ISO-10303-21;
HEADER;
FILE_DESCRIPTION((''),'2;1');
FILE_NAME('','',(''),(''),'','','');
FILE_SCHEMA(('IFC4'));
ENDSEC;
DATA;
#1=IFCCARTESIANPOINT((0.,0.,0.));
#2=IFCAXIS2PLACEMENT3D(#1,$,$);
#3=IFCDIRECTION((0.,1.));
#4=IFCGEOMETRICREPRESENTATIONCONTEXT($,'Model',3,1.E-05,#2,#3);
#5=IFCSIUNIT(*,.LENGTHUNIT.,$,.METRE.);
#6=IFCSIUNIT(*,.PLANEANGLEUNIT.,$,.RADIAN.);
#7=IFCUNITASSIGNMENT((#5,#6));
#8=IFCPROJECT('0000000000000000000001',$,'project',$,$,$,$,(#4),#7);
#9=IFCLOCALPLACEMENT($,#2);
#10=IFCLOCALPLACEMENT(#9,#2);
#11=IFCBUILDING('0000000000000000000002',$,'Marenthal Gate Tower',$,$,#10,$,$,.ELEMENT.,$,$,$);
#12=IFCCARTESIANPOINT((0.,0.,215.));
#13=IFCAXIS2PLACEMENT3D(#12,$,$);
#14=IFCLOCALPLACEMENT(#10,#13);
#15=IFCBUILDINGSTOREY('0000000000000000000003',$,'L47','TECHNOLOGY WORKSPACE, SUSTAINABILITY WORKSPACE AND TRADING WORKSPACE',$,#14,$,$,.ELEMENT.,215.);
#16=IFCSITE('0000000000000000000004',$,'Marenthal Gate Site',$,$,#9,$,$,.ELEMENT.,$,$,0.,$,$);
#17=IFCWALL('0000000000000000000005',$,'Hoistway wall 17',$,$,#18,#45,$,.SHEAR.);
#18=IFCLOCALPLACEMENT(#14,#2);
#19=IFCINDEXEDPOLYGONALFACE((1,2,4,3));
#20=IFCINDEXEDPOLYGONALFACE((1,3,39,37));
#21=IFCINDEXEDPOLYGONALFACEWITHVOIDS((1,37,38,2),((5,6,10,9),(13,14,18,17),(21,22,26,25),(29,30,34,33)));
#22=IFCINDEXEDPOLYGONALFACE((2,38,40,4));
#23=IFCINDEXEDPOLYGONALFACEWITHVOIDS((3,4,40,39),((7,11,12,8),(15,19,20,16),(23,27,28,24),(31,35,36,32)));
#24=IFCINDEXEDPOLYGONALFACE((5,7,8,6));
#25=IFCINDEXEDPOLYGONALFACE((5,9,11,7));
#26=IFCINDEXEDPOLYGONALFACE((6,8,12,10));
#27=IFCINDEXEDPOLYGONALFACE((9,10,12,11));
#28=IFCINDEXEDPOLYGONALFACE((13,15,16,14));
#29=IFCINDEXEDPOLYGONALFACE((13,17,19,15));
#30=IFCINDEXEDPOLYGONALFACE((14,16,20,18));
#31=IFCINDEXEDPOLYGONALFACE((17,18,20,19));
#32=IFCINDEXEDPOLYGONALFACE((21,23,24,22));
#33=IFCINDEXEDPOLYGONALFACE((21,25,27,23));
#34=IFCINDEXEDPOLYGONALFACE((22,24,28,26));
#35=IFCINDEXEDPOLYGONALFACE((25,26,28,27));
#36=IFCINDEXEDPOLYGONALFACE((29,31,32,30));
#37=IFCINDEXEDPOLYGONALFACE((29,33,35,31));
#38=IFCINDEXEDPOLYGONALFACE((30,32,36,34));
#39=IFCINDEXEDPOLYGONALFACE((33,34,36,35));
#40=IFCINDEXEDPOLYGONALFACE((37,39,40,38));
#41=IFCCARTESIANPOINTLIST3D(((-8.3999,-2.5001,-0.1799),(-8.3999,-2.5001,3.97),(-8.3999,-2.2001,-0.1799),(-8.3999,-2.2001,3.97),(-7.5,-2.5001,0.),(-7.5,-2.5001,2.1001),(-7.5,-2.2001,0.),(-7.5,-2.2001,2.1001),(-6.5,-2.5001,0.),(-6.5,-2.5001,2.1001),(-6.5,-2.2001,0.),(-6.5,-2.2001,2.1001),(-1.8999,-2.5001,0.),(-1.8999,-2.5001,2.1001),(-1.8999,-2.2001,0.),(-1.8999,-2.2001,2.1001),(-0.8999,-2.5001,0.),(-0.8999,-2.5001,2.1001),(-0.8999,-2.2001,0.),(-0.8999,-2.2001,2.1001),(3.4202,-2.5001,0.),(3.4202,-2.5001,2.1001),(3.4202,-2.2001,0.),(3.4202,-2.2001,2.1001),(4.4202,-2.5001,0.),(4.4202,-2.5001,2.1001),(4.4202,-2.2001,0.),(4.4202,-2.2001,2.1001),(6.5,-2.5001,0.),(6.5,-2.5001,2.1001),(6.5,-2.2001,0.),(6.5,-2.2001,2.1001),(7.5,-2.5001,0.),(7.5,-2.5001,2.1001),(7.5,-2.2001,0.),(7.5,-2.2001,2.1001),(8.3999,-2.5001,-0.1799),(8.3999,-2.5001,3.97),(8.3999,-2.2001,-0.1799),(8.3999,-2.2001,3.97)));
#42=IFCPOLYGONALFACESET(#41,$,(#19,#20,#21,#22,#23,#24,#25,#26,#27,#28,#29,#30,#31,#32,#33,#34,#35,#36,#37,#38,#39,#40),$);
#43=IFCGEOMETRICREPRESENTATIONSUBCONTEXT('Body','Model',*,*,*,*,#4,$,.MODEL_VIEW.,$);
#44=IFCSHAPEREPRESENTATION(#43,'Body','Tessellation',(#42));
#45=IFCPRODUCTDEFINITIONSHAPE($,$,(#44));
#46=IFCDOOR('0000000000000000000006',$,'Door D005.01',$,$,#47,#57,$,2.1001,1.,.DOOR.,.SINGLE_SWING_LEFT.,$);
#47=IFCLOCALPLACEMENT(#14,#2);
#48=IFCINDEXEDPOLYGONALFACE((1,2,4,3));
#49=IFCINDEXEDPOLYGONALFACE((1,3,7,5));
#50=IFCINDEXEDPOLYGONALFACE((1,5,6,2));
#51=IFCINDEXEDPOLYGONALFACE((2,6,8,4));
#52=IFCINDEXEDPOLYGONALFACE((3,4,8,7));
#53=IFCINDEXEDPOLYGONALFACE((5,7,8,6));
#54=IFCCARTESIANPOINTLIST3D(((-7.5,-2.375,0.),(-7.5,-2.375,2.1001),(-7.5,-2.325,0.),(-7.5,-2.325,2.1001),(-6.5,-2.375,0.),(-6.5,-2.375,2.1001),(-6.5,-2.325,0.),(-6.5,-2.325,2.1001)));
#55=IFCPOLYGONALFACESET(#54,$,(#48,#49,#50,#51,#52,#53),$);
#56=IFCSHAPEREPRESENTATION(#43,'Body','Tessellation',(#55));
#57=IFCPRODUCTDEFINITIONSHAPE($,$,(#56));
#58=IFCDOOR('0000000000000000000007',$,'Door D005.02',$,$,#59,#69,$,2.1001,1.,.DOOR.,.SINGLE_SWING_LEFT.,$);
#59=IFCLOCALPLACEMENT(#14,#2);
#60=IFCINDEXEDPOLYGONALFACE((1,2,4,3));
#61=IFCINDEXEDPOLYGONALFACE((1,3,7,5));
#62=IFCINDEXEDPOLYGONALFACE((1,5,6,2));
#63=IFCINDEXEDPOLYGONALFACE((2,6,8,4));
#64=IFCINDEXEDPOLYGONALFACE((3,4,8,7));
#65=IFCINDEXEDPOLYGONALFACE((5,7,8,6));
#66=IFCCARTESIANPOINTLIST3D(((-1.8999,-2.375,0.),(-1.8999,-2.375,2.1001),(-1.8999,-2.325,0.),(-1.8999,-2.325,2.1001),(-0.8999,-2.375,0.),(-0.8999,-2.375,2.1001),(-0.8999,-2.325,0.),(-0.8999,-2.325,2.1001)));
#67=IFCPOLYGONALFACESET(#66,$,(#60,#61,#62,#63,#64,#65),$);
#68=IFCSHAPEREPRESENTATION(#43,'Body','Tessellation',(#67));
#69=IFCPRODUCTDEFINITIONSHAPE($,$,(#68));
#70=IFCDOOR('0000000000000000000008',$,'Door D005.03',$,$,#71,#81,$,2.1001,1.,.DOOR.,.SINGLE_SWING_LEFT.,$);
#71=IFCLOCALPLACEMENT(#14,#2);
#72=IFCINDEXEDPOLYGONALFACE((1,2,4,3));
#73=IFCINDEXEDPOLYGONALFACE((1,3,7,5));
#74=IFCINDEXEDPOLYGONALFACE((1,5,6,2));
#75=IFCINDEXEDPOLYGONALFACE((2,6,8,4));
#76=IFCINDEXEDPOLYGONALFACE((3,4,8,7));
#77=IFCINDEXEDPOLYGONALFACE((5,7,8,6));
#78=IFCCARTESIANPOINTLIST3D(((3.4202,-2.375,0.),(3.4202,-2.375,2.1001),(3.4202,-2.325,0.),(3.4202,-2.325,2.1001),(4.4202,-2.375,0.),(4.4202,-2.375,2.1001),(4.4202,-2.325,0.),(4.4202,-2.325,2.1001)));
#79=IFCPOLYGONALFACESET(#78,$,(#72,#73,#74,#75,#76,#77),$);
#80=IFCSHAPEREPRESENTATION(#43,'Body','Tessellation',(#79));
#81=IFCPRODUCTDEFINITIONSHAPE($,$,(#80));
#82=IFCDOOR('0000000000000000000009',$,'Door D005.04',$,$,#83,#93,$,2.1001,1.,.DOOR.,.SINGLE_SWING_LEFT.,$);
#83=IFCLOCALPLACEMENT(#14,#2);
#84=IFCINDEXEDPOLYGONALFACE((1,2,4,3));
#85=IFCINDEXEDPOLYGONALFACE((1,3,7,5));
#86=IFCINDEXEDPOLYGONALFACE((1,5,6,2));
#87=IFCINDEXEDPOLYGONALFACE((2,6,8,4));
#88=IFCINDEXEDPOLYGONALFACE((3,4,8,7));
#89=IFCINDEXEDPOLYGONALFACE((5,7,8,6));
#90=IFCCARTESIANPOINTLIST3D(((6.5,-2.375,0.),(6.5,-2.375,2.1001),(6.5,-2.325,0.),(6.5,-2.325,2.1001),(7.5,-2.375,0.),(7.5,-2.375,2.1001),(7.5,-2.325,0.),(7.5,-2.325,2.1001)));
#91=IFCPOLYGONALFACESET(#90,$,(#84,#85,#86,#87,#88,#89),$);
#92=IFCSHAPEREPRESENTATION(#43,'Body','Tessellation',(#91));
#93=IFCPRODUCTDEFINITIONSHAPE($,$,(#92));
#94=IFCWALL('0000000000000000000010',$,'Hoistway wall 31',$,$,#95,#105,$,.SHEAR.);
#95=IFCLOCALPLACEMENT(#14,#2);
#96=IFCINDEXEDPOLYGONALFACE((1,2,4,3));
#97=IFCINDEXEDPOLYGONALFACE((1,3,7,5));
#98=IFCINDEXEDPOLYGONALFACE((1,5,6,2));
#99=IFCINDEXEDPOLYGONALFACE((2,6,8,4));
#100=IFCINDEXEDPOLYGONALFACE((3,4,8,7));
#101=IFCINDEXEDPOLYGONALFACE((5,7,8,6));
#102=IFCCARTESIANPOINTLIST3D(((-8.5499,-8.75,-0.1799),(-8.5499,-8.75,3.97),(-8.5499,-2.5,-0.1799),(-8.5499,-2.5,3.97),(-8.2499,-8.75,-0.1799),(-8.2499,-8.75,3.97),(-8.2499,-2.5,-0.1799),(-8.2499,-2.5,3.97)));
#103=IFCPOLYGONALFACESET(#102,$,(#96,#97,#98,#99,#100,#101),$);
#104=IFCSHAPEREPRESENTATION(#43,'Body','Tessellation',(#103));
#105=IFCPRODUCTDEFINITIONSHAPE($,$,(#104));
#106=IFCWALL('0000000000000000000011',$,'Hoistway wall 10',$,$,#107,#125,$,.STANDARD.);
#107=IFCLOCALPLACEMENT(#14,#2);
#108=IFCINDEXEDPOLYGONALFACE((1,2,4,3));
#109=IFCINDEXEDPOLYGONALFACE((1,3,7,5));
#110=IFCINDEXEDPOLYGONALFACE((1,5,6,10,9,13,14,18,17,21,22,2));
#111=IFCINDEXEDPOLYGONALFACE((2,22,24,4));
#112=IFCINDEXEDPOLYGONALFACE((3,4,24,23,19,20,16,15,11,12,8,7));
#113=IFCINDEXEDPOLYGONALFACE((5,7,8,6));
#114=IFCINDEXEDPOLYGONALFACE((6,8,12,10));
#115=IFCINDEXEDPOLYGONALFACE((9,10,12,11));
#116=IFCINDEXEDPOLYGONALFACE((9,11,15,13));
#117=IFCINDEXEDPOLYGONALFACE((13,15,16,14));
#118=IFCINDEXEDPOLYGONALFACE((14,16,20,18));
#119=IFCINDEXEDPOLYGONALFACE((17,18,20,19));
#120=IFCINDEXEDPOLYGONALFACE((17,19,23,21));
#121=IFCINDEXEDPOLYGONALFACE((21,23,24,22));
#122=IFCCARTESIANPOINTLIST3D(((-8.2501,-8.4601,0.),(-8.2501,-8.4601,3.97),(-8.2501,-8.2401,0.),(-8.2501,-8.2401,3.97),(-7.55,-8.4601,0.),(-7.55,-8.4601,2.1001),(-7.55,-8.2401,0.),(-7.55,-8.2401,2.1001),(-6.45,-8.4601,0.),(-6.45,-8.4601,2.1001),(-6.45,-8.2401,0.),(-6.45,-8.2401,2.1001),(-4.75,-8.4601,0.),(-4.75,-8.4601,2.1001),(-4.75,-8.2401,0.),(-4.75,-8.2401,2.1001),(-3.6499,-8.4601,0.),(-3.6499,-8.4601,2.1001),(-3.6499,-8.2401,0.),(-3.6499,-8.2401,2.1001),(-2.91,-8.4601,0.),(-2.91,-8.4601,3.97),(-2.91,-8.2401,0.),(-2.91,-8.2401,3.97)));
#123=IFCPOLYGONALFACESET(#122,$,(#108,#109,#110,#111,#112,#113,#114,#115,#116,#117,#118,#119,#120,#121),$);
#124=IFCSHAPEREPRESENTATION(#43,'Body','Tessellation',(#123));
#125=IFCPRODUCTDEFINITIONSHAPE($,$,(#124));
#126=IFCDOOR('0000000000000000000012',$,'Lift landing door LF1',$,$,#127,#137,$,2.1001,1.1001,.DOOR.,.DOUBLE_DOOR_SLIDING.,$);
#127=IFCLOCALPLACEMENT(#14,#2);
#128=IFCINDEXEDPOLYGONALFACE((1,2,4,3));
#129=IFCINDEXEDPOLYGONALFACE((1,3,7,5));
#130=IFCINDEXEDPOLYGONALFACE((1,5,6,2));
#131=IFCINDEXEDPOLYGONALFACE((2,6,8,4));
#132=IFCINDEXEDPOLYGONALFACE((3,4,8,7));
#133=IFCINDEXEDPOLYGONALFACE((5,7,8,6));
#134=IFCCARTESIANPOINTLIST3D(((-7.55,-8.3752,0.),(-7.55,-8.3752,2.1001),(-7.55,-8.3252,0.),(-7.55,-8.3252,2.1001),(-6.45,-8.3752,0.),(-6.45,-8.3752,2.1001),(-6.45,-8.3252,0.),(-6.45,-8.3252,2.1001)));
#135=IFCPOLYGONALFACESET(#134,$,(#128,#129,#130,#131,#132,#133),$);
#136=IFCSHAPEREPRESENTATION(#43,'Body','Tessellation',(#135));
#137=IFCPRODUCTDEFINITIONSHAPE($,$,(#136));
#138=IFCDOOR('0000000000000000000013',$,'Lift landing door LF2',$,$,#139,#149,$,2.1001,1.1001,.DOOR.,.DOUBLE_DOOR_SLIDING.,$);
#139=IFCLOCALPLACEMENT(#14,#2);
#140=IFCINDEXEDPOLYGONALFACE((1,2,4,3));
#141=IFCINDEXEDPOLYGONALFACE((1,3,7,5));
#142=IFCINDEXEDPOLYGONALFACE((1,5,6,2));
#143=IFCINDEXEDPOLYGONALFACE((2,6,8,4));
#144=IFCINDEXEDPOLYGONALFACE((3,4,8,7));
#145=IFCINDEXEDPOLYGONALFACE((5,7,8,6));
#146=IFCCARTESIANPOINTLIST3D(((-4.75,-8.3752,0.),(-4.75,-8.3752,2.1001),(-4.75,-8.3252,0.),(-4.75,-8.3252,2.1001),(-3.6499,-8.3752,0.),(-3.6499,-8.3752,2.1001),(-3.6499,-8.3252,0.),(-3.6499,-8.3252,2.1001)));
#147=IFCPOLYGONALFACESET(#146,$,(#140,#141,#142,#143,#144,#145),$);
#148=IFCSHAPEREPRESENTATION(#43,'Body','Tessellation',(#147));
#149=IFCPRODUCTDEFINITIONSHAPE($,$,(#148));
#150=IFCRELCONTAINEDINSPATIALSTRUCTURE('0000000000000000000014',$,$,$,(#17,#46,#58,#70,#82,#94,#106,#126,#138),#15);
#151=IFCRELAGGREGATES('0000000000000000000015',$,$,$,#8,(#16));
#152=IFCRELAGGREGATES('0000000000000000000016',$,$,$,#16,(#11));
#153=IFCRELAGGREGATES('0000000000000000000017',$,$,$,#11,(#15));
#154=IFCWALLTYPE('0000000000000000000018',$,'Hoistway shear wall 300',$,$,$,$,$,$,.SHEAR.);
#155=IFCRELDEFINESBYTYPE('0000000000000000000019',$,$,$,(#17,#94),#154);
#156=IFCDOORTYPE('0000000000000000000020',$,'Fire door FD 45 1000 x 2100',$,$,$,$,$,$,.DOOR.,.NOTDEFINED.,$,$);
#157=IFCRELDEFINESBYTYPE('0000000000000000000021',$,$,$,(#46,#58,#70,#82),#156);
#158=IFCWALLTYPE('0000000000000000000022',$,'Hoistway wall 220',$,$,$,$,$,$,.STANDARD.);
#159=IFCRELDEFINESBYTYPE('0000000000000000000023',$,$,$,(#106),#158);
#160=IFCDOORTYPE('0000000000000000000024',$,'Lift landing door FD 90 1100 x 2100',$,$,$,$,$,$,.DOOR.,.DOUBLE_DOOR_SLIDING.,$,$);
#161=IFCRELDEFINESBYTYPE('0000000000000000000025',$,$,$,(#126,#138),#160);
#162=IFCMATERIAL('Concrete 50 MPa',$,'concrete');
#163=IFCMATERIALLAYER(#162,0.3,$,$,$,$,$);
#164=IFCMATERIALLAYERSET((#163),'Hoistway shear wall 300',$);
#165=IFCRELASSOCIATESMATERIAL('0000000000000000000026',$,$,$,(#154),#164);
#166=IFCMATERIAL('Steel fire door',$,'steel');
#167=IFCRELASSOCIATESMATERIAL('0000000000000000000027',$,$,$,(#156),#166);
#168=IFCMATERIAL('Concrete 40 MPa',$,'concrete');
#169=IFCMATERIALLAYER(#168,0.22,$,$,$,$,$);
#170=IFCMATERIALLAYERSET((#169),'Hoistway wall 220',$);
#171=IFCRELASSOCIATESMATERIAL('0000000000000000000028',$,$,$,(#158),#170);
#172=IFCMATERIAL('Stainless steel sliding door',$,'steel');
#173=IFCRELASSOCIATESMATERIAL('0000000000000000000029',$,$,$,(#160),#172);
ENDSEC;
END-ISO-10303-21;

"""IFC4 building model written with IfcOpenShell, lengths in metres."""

from ifc_helpers import new_model, si_unit, direction, frame, frame_2d, origin, place, context, subcontext, project, spatial, rectangle, extrude, material, layer, layer_set, type_object, element, fill, save


model = new_model("IFC4")

# Units and contexts
model_context = context("Model", 3, precision=1e-05, world=origin(), true_north=direction((0.0, 1.0)))
body_context = subcontext(model_context, "Body", "Model", "MODEL_VIEW")
ifc_project = project(units=[si_unit("LENGTHUNIT", "METRE"), si_unit("PLANEANGLEUNIT", "RADIAN")], contexts=[model_context])

# Site, building, storey
site_placement = place(None, origin())
site = spatial("IfcSite", under=ifc_project, at=site_placement, Name="Marenthal Gate Site", CompositionType="ELEMENT", RefElevation=0.0)
building_placement = place(site_placement, origin())
building = spatial("IfcBuilding", under=site, at=building_placement, Name="Marenthal Gate Tower", CompositionType="ELEMENT")
storey_placement = place(building_placement, frame((0.0, 0.0, 215.0)))
storey = spatial("IfcBuildingStorey", under=building, at=storey_placement, Name="L47", Description="TECHNOLOGY WORKSPACE, SUSTAINABILITY WORKSPACE AND TRADING WORKSPACE", CompositionType="ELEMENT", Elevation=215.0)

# Wall, openings, doors
ifc_material_1 = material(Name="Concrete 50 MPa", Category="concrete")
ifc_layer_1 = layer(ifc_material_1, 0.3)
ifc_layer_set_1 = layer_set([ifc_layer_1], Name="Hoistway shear wall 300")
wall_type_1 = type_object("IfcWallType", Name="Hoistway shear wall 300", PredefinedType="SHEAR", material=ifc_layer_set_1)
wall_1_placement = place(storey_placement, frame((-8.3999, -2.3501, -0.1799), z_axis=(0.0, 0.0, 1.0), x_axis=(1.0, 0.0, 0.0)))
wall_1 = element("IfcWall", 1, at=wall_1_placement, inside=storey, type_object=wall_type_1, Name="Hoistway wall 17", PredefinedType="SHEAR", context=body_context, shape_type="SweptSolid", body=[
    extrude(rectangle(XDim=16.7998, YDim=0.3, at=frame_2d((8.3999, 0.0))), origin(), (0.0, 0.0, 1.0), 4.1499),
])
opening_1_placement = place(wall_1_placement, frame((0.8999, 0.0, 0.1799)))
opening_1 = element("IfcOpeningElement", 2, at=opening_1_placement, cuts=wall_1, PredefinedType="OPENING", context=body_context, shape_type="SweptSolid", body=[
    extrude(rectangle(XDim=1.0, YDim=2.1001, at=frame_2d((0.5, 1.05))), frame((0.0, 0.1602, 0.0), z_axis=(0.0, -1.0, 0.0), x_axis=(1.0, 0.0, 0.0)), (0.0, 0.0, 1.0), 0.3201),
])
opening_2_placement = place(wall_1_placement, frame((6.5, 0.0, 0.1799)))
opening_2 = element("IfcOpeningElement", 3, at=opening_2_placement, cuts=wall_1, PredefinedType="OPENING", context=body_context, shape_type="SweptSolid", body=[
    extrude(rectangle(XDim=1.0, YDim=2.1001, at=frame_2d((0.5, 1.05))), frame((0.0, 0.1602, 0.0), z_axis=(0.0, -1.0, 0.0), x_axis=(1.0, 0.0, 0.0)), (0.0, 0.0, 1.0), 0.3201),
])
opening_3_placement = place(wall_1_placement, frame((11.8201, 0.0, 0.1799)))
opening_3 = element("IfcOpeningElement", 4, at=opening_3_placement, cuts=wall_1, PredefinedType="OPENING", context=body_context, shape_type="SweptSolid", body=[
    extrude(rectangle(XDim=1.0, YDim=2.1001, at=frame_2d((0.5, 1.05))), frame((0.0, 0.1602, 0.0), z_axis=(0.0, -1.0, 0.0), x_axis=(1.0, 0.0, 0.0)), (0.0, 0.0, 1.0), 0.3201),
])
opening_4_placement = place(wall_1_placement, frame((14.8999, 0.0, 0.1799)))
opening_4 = element("IfcOpeningElement", 5, at=opening_4_placement, cuts=wall_1, PredefinedType="OPENING", context=body_context, shape_type="SweptSolid", body=[
    extrude(rectangle(XDim=1.0, YDim=2.1001, at=frame_2d((0.5, 1.05))), frame((0.0, 0.1602, 0.0), z_axis=(0.0, -1.0, 0.0), x_axis=(1.0, 0.0, 0.0)), (0.0, 0.0, 1.0), 0.3201),
])
ifc_material_2 = material(Name="Steel fire door", Category="steel")
door_type_1 = type_object("IfcDoorType", Name="Fire door FD 45 1000 x 2100", OperationType="NOTDEFINED", PredefinedType="DOOR", material=ifc_material_2)
door_1_placement = place(opening_1_placement, frame((1.0, 0.0, 0.0), z_axis=(0.0, 0.0, 1.0), x_axis=(-1.0, 0.0, 0.0)))
door_1 = element("IfcDoor", 6, at=door_1_placement, inside=storey, type_object=door_type_1, Name="Door D005.01", OperationType="SINGLE_SWING_LEFT", OverallHeight=2.1001, OverallWidth=1.0, PredefinedType="DOOR", context=body_context, shape_type="SweptSolid", body=[
    extrude(rectangle(XDim=1.0, YDim=2.1001, at=frame_2d((0.5, 1.05))), frame((0.0, 0.0249, 0.0), z_axis=(0.0, -1.0, 0.0), x_axis=(1.0, 0.0, 0.0)), (0.0, 0.0, 1.0), 0.05),
])
fill(opening_1, door_1)
door_2_placement = place(opening_2_placement, frame((1.0, 0.0, 0.0), z_axis=(0.0, 0.0, 1.0), x_axis=(-1.0, 0.0, 0.0)))
door_2 = element("IfcDoor", 7, at=door_2_placement, inside=storey, type_object=door_type_1, Name="Door D005.02", OperationType="SINGLE_SWING_LEFT", OverallHeight=2.1001, OverallWidth=1.0, PredefinedType="DOOR", context=body_context, shape_type="SweptSolid", body=[
    extrude(rectangle(XDim=1.0, YDim=2.1001, at=frame_2d((0.5, 1.05))), frame((0.0, 0.0249, 0.0), z_axis=(0.0, -1.0, 0.0), x_axis=(1.0, 0.0, 0.0)), (0.0, 0.0, 1.0), 0.05),
])
fill(opening_2, door_2)
door_3_placement = place(opening_3_placement, frame((1.0, 0.0, 0.0), z_axis=(0.0, 0.0, 1.0), x_axis=(-1.0, 0.0, 0.0)))
door_3 = element("IfcDoor", 8, at=door_3_placement, inside=storey, type_object=door_type_1, Name="Door D005.03", OperationType="SINGLE_SWING_LEFT", OverallHeight=2.1001, OverallWidth=1.0, PredefinedType="DOOR", context=body_context, shape_type="SweptSolid", body=[
    extrude(rectangle(XDim=1.0, YDim=2.1001, at=frame_2d((0.5, 1.05))), frame((0.0, 0.0249, 0.0), z_axis=(0.0, -1.0, 0.0), x_axis=(1.0, 0.0, 0.0)), (0.0, 0.0, 1.0), 0.05),
])
fill(opening_3, door_3)
door_4_placement = place(opening_4_placement, frame((1.0, 0.0, 0.0), z_axis=(0.0, 0.0, 1.0), x_axis=(-1.0, 0.0, 0.0)))
door_4 = element("IfcDoor", 9, at=door_4_placement, inside=storey, type_object=door_type_1, Name="Door D005.04", OperationType="SINGLE_SWING_LEFT", OverallHeight=2.1001, OverallWidth=1.0, PredefinedType="DOOR", context=body_context, shape_type="SweptSolid", body=[
    extrude(rectangle(XDim=1.0, YDim=2.1001, at=frame_2d((0.5, 1.05))), frame((0.0, 0.0249, 0.0), z_axis=(0.0, -1.0, 0.0), x_axis=(1.0, 0.0, 0.0)), (0.0, 0.0, 1.0), 0.05),
])
fill(opening_4, door_4)

# Wall
wall_2_placement = place(storey_placement, frame((-8.3999, -8.75, -0.1799), z_axis=(0.0, 0.0, 1.0), x_axis=(0.0, 1.0, 0.0)))
element("IfcWall", 10, at=wall_2_placement, inside=storey, type_object=wall_type_1, Name="Hoistway wall 31", PredefinedType="SHEAR", context=body_context, shape_type="SweptSolid", body=[
    extrude(rectangle(XDim=6.25, YDim=0.3, at=frame_2d((3.125, 0.0))), origin(), (0.0, 0.0, 1.0), 4.1499),
])

# Wall, openings, doors
ifc_material_3 = material(Name="Concrete 40 MPa", Category="concrete")
ifc_layer_2 = layer(ifc_material_3, 0.22)
ifc_layer_set_2 = layer_set([ifc_layer_2], Name="Hoistway wall 220")
wall_type_2 = type_object("IfcWallType", Name="Hoistway wall 220", PredefinedType="STANDARD", material=ifc_layer_set_2)
wall_3_placement = place(storey_placement, frame((-8.25, -8.3501, 0.0), z_axis=(0.0, 0.0, 1.0), x_axis=(1.0, 0.0, 0.0)))
wall_3 = element("IfcWall", 11, at=wall_3_placement, inside=storey, type_object=wall_type_2, Name="Hoistway wall 10", PredefinedType="STANDARD", context=body_context, shape_type="SweptSolid", body=[
    extrude(rectangle(XDim=5.3401, YDim=0.22, at=frame_2d((2.6699, 0.0))), origin(), (0.0, 0.0, 1.0), 3.97),
])
opening_5_placement = place(wall_3_placement, frame((0.7, 0.0, 0.0)))
opening_5 = element("IfcOpeningElement", 12, at=opening_5_placement, cuts=wall_3, PredefinedType="OPENING", context=body_context, shape_type="SweptSolid", body=[
    extrude(rectangle(XDim=1.1001, YDim=2.1001, at=frame_2d((0.55, 1.05))), frame((0.0, 0.1201, 0.0), z_axis=(0.0, -1.0, 0.0), x_axis=(1.0, 0.0, 0.0)), (0.0, 0.0, 1.0), 0.24),
])
opening_6_placement = place(wall_3_placement, frame((3.5, 0.0, 0.0)))
opening_6 = element("IfcOpeningElement", 13, at=opening_6_placement, cuts=wall_3, PredefinedType="OPENING", context=body_context, shape_type="SweptSolid", body=[
    extrude(rectangle(XDim=1.1001, YDim=2.1001, at=frame_2d((0.55, 1.05))), frame((0.0, 0.1201, 0.0), z_axis=(0.0, -1.0, 0.0), x_axis=(1.0, 0.0, 0.0)), (0.0, 0.0, 1.0), 0.24),
])
ifc_material_4 = material(Name="Stainless steel sliding door", Category="steel")
door_type_2 = type_object("IfcDoorType", Name="Lift landing door FD 90 1100 x 2100", OperationType="DOUBLE_DOOR_SLIDING", PredefinedType="DOOR", material=ifc_material_4)
door_5_placement = place(opening_5_placement, origin())
door_5 = element("IfcDoor", 14, at=door_5_placement, inside=storey, type_object=door_type_2, Name="Lift landing door LF1", OperationType="DOUBLE_DOOR_SLIDING", OverallHeight=2.1001, OverallWidth=1.1001, PredefinedType="DOOR", context=body_context, shape_type="SweptSolid", body=[
    extrude(rectangle(XDim=1.1001, YDim=2.1001, at=frame_2d((0.55, 1.05))), frame((0.0, 0.0249, 0.0), z_axis=(0.0, -1.0, 0.0), x_axis=(1.0, 0.0, 0.0)), (0.0, 0.0, 1.0), 0.05),
])
fill(opening_5, door_5)
door_6_placement = place(opening_6_placement, origin())
door_6 = element("IfcDoor", 15, at=door_6_placement, inside=storey, type_object=door_type_2, Name="Lift landing door LF2", OperationType="DOUBLE_DOOR_SLIDING", OverallHeight=2.1001, OverallWidth=1.1001, PredefinedType="DOOR", context=body_context, shape_type="SweptSolid", body=[
    extrude(rectangle(XDim=1.1001, YDim=2.1001, at=frame_2d((0.55, 1.05))), frame((0.0, 0.0249, 0.0), z_axis=(0.0, -1.0, 0.0), x_axis=(1.0, 0.0, 0.0)), (0.0, 0.0, 1.0), 0.05),
])
fill(opening_6, door_6)

save(model, "model.ifc")
